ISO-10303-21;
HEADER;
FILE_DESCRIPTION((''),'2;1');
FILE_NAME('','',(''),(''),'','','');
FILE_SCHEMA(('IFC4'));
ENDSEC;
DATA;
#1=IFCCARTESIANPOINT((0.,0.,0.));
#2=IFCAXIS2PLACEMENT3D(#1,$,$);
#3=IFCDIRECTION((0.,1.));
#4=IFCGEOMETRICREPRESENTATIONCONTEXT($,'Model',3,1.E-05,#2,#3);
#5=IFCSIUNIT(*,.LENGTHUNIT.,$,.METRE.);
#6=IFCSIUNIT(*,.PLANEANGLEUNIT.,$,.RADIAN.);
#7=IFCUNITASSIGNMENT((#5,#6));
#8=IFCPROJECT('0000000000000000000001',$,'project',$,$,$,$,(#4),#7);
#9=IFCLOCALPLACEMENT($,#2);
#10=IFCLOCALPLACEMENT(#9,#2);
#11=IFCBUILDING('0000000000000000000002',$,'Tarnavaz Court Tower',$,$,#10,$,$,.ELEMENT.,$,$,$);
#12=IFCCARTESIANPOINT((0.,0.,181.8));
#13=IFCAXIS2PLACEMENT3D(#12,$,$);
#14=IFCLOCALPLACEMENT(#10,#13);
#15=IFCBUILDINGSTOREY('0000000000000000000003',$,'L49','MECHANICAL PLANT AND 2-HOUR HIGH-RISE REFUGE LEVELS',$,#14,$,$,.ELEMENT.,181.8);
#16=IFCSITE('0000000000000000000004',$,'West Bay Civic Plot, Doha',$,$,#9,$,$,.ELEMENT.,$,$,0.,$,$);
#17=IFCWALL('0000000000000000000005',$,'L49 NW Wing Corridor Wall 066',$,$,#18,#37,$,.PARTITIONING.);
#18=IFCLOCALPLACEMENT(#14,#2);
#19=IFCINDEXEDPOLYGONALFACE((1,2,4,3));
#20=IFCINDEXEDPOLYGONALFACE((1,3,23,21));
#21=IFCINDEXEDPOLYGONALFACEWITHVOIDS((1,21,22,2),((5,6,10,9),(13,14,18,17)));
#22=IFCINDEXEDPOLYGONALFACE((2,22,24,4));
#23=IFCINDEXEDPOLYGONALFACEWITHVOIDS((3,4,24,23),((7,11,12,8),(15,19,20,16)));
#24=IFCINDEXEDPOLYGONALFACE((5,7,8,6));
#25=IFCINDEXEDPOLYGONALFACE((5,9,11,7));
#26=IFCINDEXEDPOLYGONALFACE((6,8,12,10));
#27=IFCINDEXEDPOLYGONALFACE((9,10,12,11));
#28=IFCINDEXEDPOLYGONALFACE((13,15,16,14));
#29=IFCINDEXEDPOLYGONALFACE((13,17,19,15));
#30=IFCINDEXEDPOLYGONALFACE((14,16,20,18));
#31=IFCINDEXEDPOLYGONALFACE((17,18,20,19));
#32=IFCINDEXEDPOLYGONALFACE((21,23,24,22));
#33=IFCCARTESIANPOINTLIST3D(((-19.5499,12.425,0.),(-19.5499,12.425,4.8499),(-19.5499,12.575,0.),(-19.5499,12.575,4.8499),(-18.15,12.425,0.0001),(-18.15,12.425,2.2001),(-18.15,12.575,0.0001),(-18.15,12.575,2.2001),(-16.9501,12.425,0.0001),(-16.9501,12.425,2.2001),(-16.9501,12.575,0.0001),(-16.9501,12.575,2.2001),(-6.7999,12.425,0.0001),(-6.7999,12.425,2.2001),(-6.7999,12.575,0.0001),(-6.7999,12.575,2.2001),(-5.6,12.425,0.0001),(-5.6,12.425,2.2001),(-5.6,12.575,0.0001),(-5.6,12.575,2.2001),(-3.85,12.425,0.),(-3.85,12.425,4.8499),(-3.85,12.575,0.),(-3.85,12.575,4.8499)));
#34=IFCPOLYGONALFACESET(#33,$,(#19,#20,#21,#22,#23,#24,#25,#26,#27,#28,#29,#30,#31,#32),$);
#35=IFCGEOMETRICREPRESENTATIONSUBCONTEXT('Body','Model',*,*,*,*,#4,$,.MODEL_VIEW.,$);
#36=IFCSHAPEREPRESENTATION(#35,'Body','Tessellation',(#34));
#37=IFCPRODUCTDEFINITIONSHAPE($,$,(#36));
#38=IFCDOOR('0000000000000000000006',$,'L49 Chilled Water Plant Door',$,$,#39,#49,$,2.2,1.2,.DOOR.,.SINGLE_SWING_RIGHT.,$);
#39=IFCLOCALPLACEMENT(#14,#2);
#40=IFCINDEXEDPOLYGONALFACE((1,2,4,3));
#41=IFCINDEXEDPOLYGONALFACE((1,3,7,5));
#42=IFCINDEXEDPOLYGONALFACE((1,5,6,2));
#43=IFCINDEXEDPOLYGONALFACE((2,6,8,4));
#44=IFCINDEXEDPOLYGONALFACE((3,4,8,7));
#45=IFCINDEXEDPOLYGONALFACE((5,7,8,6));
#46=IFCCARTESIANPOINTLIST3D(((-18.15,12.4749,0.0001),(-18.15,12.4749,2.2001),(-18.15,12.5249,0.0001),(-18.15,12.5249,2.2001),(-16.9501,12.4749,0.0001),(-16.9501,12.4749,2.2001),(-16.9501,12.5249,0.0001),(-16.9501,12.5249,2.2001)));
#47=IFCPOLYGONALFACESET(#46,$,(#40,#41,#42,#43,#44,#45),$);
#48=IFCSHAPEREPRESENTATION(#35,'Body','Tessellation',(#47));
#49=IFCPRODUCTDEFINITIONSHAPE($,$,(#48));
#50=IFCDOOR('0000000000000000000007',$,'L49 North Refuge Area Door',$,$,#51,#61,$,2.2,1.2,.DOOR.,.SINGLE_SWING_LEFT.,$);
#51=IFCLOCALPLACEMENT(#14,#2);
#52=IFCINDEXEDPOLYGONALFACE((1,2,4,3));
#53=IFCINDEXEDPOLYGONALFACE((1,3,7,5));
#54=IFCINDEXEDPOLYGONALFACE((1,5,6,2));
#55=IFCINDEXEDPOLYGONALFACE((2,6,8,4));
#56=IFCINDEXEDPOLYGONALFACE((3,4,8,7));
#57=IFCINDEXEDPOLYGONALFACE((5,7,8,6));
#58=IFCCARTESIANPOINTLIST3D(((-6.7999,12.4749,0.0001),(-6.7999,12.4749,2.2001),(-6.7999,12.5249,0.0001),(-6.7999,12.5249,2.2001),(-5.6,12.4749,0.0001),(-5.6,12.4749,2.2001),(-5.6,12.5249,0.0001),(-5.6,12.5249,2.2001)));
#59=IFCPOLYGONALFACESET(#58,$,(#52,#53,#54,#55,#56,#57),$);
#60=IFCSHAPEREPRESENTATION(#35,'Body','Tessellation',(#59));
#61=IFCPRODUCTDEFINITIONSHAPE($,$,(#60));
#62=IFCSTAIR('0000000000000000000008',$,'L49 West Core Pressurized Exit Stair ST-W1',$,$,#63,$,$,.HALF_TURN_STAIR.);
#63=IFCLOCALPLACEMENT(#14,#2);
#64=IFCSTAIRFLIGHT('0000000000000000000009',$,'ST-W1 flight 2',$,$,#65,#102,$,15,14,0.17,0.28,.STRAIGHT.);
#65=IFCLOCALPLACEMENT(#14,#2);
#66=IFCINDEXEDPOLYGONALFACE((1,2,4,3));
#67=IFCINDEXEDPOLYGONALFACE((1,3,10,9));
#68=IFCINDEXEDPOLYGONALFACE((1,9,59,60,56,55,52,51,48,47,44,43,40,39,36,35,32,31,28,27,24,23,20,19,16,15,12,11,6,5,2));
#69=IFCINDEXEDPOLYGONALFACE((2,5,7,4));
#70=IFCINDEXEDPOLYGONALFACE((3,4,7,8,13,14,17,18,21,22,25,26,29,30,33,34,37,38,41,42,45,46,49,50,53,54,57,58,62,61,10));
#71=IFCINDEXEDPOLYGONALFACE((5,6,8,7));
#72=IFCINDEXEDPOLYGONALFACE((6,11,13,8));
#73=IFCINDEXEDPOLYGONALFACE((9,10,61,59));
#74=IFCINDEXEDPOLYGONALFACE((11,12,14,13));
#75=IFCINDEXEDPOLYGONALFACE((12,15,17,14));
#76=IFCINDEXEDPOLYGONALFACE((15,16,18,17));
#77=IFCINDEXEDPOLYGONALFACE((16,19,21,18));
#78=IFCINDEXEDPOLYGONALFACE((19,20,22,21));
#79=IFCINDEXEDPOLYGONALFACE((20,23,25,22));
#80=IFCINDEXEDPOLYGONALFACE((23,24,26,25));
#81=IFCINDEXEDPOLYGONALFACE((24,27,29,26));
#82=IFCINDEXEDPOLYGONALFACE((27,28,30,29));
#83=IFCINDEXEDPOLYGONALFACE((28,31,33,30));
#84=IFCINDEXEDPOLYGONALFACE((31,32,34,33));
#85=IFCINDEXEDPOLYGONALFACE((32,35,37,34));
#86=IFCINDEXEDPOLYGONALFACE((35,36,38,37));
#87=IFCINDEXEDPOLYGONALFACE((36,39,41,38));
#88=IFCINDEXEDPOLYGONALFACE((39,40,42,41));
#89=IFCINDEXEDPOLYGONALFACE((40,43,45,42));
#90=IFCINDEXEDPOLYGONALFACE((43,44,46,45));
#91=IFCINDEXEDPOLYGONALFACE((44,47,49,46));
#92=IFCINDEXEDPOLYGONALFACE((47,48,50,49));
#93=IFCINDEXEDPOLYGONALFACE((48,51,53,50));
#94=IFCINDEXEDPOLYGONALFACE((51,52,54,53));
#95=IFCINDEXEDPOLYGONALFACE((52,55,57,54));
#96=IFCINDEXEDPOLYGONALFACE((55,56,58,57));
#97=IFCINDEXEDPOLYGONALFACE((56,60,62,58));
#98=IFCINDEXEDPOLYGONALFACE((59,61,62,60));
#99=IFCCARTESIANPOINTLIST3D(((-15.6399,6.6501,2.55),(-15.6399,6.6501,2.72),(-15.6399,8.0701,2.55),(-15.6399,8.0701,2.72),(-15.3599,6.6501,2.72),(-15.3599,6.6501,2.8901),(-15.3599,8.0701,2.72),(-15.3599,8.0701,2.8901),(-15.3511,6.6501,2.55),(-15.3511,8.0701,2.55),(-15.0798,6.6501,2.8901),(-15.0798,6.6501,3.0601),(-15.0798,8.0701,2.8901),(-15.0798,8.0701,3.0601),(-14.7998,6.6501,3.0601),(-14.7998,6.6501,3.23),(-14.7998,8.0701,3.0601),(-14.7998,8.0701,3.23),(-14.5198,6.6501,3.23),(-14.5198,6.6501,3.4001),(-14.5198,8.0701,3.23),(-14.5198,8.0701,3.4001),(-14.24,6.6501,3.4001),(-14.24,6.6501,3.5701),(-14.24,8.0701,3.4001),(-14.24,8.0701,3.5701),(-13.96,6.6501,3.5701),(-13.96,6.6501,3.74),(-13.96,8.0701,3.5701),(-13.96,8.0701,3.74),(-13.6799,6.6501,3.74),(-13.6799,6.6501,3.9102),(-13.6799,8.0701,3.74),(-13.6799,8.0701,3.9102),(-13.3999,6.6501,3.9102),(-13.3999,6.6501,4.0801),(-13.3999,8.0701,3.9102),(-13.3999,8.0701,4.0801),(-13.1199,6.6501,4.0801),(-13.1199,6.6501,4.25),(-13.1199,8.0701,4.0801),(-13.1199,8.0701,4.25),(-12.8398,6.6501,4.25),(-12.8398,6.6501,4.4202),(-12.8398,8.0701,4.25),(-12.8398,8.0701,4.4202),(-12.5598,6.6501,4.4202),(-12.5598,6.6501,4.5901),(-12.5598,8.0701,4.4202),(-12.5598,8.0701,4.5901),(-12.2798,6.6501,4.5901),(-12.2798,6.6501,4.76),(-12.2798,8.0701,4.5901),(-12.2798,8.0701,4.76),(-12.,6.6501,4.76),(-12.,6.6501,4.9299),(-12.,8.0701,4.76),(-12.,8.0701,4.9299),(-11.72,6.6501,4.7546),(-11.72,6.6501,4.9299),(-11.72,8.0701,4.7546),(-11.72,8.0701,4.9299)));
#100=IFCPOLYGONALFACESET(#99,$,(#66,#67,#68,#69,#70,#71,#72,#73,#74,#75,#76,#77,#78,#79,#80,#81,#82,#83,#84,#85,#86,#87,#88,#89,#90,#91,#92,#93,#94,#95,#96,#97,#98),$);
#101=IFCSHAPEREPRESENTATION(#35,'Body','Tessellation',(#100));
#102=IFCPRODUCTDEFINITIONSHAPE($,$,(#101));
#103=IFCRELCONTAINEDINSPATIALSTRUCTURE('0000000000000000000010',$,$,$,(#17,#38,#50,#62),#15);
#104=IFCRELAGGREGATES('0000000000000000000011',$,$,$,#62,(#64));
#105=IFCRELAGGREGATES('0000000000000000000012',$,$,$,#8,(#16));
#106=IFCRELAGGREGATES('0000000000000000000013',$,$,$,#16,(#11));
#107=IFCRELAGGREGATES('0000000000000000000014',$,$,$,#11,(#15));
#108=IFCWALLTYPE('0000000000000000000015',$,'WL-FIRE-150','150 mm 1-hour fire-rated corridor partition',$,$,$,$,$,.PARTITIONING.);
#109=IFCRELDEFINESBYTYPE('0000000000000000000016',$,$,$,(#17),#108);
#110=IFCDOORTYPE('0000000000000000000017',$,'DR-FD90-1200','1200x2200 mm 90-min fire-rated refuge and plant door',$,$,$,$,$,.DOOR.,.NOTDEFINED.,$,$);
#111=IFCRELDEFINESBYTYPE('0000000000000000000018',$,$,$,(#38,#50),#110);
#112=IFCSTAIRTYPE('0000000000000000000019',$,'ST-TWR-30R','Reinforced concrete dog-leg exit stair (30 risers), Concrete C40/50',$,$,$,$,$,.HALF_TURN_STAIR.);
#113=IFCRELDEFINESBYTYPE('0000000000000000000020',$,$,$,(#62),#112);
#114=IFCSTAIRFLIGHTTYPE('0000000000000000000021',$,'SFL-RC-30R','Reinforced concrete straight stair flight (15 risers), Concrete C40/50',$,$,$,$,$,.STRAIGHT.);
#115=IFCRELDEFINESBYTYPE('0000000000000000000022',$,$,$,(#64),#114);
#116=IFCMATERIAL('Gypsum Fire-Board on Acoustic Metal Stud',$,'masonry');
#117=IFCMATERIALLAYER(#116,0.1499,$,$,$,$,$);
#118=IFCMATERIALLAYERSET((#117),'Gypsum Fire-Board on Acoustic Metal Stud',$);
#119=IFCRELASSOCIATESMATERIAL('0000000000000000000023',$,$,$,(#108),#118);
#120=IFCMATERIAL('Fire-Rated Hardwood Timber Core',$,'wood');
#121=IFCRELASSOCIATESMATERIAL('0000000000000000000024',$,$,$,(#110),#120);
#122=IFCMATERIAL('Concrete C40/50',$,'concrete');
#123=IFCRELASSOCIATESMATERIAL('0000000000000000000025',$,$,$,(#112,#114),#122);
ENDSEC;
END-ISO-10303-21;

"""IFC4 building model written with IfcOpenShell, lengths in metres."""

from ifc_helpers import new_model, si_unit, direction, frame, frame_2d, origin, place, context, subcontext, project, spatial, polyline, rectangle, outline, extrude, material, layer, layer_set, type_object, element, fill, aggregate, save


model = new_model("IFC4")

# Units and contexts
model_context = context("Model", 3, precision=1e-05, world=origin(), true_north=direction((0.0, 1.0)))
body_context = subcontext(model_context, "Body", "Model", "MODEL_VIEW")
ifc_project = project(units=[si_unit("LENGTHUNIT", "METRE"), si_unit("PLANEANGLEUNIT", "RADIAN")], contexts=[model_context])

# Site, building, storey
site_placement = place(None, origin())
site = spatial("IfcSite", under=ifc_project, at=site_placement, Name="West Bay Civic Plot, Doha", CompositionType="ELEMENT", RefElevation=0.0)
building_placement = place(site_placement, origin())
building = spatial("IfcBuilding", under=site, at=building_placement, Name="Tarnavaz Court Tower", CompositionType="ELEMENT")
storey_placement = place(building_placement, frame((0.0, 0.0, 181.8)))
storey = spatial("IfcBuildingStorey", under=building, at=storey_placement, Name="L49", Description="MECHANICAL PLANT AND 2-HOUR HIGH-RISE REFUGE LEVELS", CompositionType="ELEMENT", Elevation=181.8)

# Wall, openings, doors
ifc_material_1 = material(Name="Gypsum Fire-Board on Acoustic Metal Stud", Category="masonry")
ifc_layer_1 = layer(ifc_material_1, 0.1499)
ifc_layer_set_1 = layer_set([ifc_layer_1], Name="Gypsum Fire-Board on Acoustic Metal Stud")
wall_type_1 = type_object("IfcWallType", Name="WL-FIRE-150", Description="150 mm 1-hour fire-rated corridor partition", PredefinedType="PARTITIONING", material=ifc_layer_set_1)
wall_1_placement = place(storey_placement, frame((-19.55, 12.5, 0.0), z_axis=(0.0, 0.0, 1.0), x_axis=(1.0, 0.0, 0.0)))
wall_1 = element("IfcWall", 1, at=wall_1_placement, inside=storey, type_object=wall_type_1, Name="L49 NW Wing Corridor Wall 066", PredefinedType="PARTITIONING", context=body_context, shape_type="SweptSolid", body=[
    extrude(rectangle(XDim=15.7, YDim=0.1499, at=frame_2d((7.8501, 0.0))), origin(), (0.0, 0.0, 1.0), 4.8499),
])
opening_1_placement = place(wall_1_placement, frame((1.3999, 0.0, 0.0)))
opening_1 = element("IfcOpeningElement", 2, at=opening_1_placement, cuts=wall_1, PredefinedType="OPENING", context=body_context, shape_type="SweptSolid", body=[
    extrude(rectangle(XDim=1.2, YDim=2.2, at=frame_2d((0.6001, 1.1001))), frame((0.0, 0.085, 0.0), z_axis=(0.0, -1.0, 0.0), x_axis=(1.0, 0.0, 0.0)), (0.0, 0.0, 1.0), 0.1699),
])
opening_2_placement = place(wall_1_placement, frame((12.75, 0.0, 0.0)))
opening_2 = element("IfcOpeningElement", 3, at=opening_2_placement, cuts=wall_1, PredefinedType="OPENING", context=body_context, shape_type="SweptSolid", body=[
    extrude(rectangle(XDim=1.2, YDim=2.2, at=frame_2d((0.6001, 1.1001))), frame((0.0, 0.085, 0.0), z_axis=(0.0, -1.0, 0.0), x_axis=(1.0, 0.0, 0.0)), (0.0, 0.0, 1.0), 0.1699),
])
ifc_material_2 = material(Name="Fire-Rated Hardwood Timber Core", Category="wood")
door_type = type_object("IfcDoorType", Name="DR-FD90-1200", Description="1200x2200 mm 90-min fire-rated refuge and plant door", OperationType="NOTDEFINED", PredefinedType="DOOR", material=ifc_material_2)
door_1_placement = place(opening_1_placement, origin())
door_1 = element("IfcDoor", 4, at=door_1_placement, inside=storey, type_object=door_type, Name="L49 Chilled Water Plant Door", OperationType="SINGLE_SWING_RIGHT", OverallHeight=2.2, OverallWidth=1.2, PredefinedType="DOOR", context=body_context, shape_type="SweptSolid", body=[
    extrude(rectangle(XDim=1.2, YDim=2.2, at=frame_2d((0.6001, 1.1001))), frame((0.0, 0.0249, 0.0), z_axis=(0.0, -1.0, 0.0), x_axis=(1.0, 0.0, 0.0)), (0.0, 0.0, 1.0), 0.05),
])
fill(opening_1, door_1)
door_2_placement = place(opening_2_placement, origin())
door_2 = element("IfcDoor", 5, at=door_2_placement, inside=storey, type_object=door_type, Name="L49 North Refuge Area Door", OperationType="SINGLE_SWING_LEFT", OverallHeight=2.2, OverallWidth=1.2, PredefinedType="DOOR", context=body_context, shape_type="SweptSolid", body=[
    extrude(rectangle(XDim=1.2, YDim=2.2, at=frame_2d((0.6001, 1.1001))), frame((0.0, 0.0249, 0.0), z_axis=(0.0, -1.0, 0.0), x_axis=(1.0, 0.0, 0.0)), (0.0, 0.0, 1.0), 0.05),
])
fill(opening_2, door_2)

# Stair, stair flight
ifc_material_3 = material(Name="Concrete C40/50", Category="concrete")
stair_type = type_object("IfcStairType", Name="ST-TWR-30R", Description="Reinforced concrete dog-leg exit stair (30 risers), Concrete C40/50", PredefinedType="HALF_TURN_STAIR", material=ifc_material_3)
stair_placement = place(storey_placement, origin())
stair = element("IfcStair", 6, at=stair_placement, inside=storey, type_object=stair_type, Name="L49 West Core Pressurized Exit Stair ST-W1", PredefinedType="HALF_TURN_STAIR")
stair_flight_type = type_object("IfcStairFlightType", Name="SFL-RC-30R", Description="Reinforced concrete straight stair flight (15 risers), Concrete C40/50", PredefinedType="STRAIGHT", material=ifc_material_3)
stair_flight_placement = place(storey_placement, frame((-15.6399, 7.3601, 2.55), z_axis=(0.0, 0.0, 1.0), x_axis=(1.0, 0.0, 0.0)))
stair_flight = element("IfcStairFlight", 7, at=stair_flight_placement, type_object=stair_flight_type, Name="ST-W1 flight 2", NumberOfRisers=15, NumberOfTreads=14, PredefinedType="STRAIGHT", RiserHeight=0.17, TreadLength=0.28, context=body_context, shape_type="SweptSolid", body=[
    extrude(outline(polyline([(0.0, 0.0), (0.0, 0.1699), (0.28, 0.1699), (0.28, 0.3401), (0.5601, 0.3401), (0.5601, 0.51), (0.8401, 0.51), (0.8401, 0.6799), (1.1201, 0.6799), (1.1201, 0.8501), (1.3999, 0.8501), (1.3999, 1.02), (1.6799, 1.02), (1.6799, 1.1899), (1.96, 1.1899), (1.96, 1.3601), (2.24, 1.3601), (2.24, 1.53), (2.52, 1.53), (2.52, 1.7), (2.8, 1.7), (2.8, 1.8701), (3.0801, 1.8701), (3.0801, 2.04), (3.3601, 2.04), (3.3601, 2.21), (3.6399, 2.21), (3.6399, 2.3799), (3.9199, 2.3799), (3.9199, 2.55), (3.9199, 2.2046), (0.2888, 0.0), (0.0, 0.0)])), frame((0.0, 0.71, 0.0), z_axis=(0.0, -1.0, 0.0), x_axis=(1.0, 0.0, 0.0)), (0.0, 0.0, 1.0), 1.4199),
])
aggregate(stair, [stair_flight])

save(model, "model.ifc")
